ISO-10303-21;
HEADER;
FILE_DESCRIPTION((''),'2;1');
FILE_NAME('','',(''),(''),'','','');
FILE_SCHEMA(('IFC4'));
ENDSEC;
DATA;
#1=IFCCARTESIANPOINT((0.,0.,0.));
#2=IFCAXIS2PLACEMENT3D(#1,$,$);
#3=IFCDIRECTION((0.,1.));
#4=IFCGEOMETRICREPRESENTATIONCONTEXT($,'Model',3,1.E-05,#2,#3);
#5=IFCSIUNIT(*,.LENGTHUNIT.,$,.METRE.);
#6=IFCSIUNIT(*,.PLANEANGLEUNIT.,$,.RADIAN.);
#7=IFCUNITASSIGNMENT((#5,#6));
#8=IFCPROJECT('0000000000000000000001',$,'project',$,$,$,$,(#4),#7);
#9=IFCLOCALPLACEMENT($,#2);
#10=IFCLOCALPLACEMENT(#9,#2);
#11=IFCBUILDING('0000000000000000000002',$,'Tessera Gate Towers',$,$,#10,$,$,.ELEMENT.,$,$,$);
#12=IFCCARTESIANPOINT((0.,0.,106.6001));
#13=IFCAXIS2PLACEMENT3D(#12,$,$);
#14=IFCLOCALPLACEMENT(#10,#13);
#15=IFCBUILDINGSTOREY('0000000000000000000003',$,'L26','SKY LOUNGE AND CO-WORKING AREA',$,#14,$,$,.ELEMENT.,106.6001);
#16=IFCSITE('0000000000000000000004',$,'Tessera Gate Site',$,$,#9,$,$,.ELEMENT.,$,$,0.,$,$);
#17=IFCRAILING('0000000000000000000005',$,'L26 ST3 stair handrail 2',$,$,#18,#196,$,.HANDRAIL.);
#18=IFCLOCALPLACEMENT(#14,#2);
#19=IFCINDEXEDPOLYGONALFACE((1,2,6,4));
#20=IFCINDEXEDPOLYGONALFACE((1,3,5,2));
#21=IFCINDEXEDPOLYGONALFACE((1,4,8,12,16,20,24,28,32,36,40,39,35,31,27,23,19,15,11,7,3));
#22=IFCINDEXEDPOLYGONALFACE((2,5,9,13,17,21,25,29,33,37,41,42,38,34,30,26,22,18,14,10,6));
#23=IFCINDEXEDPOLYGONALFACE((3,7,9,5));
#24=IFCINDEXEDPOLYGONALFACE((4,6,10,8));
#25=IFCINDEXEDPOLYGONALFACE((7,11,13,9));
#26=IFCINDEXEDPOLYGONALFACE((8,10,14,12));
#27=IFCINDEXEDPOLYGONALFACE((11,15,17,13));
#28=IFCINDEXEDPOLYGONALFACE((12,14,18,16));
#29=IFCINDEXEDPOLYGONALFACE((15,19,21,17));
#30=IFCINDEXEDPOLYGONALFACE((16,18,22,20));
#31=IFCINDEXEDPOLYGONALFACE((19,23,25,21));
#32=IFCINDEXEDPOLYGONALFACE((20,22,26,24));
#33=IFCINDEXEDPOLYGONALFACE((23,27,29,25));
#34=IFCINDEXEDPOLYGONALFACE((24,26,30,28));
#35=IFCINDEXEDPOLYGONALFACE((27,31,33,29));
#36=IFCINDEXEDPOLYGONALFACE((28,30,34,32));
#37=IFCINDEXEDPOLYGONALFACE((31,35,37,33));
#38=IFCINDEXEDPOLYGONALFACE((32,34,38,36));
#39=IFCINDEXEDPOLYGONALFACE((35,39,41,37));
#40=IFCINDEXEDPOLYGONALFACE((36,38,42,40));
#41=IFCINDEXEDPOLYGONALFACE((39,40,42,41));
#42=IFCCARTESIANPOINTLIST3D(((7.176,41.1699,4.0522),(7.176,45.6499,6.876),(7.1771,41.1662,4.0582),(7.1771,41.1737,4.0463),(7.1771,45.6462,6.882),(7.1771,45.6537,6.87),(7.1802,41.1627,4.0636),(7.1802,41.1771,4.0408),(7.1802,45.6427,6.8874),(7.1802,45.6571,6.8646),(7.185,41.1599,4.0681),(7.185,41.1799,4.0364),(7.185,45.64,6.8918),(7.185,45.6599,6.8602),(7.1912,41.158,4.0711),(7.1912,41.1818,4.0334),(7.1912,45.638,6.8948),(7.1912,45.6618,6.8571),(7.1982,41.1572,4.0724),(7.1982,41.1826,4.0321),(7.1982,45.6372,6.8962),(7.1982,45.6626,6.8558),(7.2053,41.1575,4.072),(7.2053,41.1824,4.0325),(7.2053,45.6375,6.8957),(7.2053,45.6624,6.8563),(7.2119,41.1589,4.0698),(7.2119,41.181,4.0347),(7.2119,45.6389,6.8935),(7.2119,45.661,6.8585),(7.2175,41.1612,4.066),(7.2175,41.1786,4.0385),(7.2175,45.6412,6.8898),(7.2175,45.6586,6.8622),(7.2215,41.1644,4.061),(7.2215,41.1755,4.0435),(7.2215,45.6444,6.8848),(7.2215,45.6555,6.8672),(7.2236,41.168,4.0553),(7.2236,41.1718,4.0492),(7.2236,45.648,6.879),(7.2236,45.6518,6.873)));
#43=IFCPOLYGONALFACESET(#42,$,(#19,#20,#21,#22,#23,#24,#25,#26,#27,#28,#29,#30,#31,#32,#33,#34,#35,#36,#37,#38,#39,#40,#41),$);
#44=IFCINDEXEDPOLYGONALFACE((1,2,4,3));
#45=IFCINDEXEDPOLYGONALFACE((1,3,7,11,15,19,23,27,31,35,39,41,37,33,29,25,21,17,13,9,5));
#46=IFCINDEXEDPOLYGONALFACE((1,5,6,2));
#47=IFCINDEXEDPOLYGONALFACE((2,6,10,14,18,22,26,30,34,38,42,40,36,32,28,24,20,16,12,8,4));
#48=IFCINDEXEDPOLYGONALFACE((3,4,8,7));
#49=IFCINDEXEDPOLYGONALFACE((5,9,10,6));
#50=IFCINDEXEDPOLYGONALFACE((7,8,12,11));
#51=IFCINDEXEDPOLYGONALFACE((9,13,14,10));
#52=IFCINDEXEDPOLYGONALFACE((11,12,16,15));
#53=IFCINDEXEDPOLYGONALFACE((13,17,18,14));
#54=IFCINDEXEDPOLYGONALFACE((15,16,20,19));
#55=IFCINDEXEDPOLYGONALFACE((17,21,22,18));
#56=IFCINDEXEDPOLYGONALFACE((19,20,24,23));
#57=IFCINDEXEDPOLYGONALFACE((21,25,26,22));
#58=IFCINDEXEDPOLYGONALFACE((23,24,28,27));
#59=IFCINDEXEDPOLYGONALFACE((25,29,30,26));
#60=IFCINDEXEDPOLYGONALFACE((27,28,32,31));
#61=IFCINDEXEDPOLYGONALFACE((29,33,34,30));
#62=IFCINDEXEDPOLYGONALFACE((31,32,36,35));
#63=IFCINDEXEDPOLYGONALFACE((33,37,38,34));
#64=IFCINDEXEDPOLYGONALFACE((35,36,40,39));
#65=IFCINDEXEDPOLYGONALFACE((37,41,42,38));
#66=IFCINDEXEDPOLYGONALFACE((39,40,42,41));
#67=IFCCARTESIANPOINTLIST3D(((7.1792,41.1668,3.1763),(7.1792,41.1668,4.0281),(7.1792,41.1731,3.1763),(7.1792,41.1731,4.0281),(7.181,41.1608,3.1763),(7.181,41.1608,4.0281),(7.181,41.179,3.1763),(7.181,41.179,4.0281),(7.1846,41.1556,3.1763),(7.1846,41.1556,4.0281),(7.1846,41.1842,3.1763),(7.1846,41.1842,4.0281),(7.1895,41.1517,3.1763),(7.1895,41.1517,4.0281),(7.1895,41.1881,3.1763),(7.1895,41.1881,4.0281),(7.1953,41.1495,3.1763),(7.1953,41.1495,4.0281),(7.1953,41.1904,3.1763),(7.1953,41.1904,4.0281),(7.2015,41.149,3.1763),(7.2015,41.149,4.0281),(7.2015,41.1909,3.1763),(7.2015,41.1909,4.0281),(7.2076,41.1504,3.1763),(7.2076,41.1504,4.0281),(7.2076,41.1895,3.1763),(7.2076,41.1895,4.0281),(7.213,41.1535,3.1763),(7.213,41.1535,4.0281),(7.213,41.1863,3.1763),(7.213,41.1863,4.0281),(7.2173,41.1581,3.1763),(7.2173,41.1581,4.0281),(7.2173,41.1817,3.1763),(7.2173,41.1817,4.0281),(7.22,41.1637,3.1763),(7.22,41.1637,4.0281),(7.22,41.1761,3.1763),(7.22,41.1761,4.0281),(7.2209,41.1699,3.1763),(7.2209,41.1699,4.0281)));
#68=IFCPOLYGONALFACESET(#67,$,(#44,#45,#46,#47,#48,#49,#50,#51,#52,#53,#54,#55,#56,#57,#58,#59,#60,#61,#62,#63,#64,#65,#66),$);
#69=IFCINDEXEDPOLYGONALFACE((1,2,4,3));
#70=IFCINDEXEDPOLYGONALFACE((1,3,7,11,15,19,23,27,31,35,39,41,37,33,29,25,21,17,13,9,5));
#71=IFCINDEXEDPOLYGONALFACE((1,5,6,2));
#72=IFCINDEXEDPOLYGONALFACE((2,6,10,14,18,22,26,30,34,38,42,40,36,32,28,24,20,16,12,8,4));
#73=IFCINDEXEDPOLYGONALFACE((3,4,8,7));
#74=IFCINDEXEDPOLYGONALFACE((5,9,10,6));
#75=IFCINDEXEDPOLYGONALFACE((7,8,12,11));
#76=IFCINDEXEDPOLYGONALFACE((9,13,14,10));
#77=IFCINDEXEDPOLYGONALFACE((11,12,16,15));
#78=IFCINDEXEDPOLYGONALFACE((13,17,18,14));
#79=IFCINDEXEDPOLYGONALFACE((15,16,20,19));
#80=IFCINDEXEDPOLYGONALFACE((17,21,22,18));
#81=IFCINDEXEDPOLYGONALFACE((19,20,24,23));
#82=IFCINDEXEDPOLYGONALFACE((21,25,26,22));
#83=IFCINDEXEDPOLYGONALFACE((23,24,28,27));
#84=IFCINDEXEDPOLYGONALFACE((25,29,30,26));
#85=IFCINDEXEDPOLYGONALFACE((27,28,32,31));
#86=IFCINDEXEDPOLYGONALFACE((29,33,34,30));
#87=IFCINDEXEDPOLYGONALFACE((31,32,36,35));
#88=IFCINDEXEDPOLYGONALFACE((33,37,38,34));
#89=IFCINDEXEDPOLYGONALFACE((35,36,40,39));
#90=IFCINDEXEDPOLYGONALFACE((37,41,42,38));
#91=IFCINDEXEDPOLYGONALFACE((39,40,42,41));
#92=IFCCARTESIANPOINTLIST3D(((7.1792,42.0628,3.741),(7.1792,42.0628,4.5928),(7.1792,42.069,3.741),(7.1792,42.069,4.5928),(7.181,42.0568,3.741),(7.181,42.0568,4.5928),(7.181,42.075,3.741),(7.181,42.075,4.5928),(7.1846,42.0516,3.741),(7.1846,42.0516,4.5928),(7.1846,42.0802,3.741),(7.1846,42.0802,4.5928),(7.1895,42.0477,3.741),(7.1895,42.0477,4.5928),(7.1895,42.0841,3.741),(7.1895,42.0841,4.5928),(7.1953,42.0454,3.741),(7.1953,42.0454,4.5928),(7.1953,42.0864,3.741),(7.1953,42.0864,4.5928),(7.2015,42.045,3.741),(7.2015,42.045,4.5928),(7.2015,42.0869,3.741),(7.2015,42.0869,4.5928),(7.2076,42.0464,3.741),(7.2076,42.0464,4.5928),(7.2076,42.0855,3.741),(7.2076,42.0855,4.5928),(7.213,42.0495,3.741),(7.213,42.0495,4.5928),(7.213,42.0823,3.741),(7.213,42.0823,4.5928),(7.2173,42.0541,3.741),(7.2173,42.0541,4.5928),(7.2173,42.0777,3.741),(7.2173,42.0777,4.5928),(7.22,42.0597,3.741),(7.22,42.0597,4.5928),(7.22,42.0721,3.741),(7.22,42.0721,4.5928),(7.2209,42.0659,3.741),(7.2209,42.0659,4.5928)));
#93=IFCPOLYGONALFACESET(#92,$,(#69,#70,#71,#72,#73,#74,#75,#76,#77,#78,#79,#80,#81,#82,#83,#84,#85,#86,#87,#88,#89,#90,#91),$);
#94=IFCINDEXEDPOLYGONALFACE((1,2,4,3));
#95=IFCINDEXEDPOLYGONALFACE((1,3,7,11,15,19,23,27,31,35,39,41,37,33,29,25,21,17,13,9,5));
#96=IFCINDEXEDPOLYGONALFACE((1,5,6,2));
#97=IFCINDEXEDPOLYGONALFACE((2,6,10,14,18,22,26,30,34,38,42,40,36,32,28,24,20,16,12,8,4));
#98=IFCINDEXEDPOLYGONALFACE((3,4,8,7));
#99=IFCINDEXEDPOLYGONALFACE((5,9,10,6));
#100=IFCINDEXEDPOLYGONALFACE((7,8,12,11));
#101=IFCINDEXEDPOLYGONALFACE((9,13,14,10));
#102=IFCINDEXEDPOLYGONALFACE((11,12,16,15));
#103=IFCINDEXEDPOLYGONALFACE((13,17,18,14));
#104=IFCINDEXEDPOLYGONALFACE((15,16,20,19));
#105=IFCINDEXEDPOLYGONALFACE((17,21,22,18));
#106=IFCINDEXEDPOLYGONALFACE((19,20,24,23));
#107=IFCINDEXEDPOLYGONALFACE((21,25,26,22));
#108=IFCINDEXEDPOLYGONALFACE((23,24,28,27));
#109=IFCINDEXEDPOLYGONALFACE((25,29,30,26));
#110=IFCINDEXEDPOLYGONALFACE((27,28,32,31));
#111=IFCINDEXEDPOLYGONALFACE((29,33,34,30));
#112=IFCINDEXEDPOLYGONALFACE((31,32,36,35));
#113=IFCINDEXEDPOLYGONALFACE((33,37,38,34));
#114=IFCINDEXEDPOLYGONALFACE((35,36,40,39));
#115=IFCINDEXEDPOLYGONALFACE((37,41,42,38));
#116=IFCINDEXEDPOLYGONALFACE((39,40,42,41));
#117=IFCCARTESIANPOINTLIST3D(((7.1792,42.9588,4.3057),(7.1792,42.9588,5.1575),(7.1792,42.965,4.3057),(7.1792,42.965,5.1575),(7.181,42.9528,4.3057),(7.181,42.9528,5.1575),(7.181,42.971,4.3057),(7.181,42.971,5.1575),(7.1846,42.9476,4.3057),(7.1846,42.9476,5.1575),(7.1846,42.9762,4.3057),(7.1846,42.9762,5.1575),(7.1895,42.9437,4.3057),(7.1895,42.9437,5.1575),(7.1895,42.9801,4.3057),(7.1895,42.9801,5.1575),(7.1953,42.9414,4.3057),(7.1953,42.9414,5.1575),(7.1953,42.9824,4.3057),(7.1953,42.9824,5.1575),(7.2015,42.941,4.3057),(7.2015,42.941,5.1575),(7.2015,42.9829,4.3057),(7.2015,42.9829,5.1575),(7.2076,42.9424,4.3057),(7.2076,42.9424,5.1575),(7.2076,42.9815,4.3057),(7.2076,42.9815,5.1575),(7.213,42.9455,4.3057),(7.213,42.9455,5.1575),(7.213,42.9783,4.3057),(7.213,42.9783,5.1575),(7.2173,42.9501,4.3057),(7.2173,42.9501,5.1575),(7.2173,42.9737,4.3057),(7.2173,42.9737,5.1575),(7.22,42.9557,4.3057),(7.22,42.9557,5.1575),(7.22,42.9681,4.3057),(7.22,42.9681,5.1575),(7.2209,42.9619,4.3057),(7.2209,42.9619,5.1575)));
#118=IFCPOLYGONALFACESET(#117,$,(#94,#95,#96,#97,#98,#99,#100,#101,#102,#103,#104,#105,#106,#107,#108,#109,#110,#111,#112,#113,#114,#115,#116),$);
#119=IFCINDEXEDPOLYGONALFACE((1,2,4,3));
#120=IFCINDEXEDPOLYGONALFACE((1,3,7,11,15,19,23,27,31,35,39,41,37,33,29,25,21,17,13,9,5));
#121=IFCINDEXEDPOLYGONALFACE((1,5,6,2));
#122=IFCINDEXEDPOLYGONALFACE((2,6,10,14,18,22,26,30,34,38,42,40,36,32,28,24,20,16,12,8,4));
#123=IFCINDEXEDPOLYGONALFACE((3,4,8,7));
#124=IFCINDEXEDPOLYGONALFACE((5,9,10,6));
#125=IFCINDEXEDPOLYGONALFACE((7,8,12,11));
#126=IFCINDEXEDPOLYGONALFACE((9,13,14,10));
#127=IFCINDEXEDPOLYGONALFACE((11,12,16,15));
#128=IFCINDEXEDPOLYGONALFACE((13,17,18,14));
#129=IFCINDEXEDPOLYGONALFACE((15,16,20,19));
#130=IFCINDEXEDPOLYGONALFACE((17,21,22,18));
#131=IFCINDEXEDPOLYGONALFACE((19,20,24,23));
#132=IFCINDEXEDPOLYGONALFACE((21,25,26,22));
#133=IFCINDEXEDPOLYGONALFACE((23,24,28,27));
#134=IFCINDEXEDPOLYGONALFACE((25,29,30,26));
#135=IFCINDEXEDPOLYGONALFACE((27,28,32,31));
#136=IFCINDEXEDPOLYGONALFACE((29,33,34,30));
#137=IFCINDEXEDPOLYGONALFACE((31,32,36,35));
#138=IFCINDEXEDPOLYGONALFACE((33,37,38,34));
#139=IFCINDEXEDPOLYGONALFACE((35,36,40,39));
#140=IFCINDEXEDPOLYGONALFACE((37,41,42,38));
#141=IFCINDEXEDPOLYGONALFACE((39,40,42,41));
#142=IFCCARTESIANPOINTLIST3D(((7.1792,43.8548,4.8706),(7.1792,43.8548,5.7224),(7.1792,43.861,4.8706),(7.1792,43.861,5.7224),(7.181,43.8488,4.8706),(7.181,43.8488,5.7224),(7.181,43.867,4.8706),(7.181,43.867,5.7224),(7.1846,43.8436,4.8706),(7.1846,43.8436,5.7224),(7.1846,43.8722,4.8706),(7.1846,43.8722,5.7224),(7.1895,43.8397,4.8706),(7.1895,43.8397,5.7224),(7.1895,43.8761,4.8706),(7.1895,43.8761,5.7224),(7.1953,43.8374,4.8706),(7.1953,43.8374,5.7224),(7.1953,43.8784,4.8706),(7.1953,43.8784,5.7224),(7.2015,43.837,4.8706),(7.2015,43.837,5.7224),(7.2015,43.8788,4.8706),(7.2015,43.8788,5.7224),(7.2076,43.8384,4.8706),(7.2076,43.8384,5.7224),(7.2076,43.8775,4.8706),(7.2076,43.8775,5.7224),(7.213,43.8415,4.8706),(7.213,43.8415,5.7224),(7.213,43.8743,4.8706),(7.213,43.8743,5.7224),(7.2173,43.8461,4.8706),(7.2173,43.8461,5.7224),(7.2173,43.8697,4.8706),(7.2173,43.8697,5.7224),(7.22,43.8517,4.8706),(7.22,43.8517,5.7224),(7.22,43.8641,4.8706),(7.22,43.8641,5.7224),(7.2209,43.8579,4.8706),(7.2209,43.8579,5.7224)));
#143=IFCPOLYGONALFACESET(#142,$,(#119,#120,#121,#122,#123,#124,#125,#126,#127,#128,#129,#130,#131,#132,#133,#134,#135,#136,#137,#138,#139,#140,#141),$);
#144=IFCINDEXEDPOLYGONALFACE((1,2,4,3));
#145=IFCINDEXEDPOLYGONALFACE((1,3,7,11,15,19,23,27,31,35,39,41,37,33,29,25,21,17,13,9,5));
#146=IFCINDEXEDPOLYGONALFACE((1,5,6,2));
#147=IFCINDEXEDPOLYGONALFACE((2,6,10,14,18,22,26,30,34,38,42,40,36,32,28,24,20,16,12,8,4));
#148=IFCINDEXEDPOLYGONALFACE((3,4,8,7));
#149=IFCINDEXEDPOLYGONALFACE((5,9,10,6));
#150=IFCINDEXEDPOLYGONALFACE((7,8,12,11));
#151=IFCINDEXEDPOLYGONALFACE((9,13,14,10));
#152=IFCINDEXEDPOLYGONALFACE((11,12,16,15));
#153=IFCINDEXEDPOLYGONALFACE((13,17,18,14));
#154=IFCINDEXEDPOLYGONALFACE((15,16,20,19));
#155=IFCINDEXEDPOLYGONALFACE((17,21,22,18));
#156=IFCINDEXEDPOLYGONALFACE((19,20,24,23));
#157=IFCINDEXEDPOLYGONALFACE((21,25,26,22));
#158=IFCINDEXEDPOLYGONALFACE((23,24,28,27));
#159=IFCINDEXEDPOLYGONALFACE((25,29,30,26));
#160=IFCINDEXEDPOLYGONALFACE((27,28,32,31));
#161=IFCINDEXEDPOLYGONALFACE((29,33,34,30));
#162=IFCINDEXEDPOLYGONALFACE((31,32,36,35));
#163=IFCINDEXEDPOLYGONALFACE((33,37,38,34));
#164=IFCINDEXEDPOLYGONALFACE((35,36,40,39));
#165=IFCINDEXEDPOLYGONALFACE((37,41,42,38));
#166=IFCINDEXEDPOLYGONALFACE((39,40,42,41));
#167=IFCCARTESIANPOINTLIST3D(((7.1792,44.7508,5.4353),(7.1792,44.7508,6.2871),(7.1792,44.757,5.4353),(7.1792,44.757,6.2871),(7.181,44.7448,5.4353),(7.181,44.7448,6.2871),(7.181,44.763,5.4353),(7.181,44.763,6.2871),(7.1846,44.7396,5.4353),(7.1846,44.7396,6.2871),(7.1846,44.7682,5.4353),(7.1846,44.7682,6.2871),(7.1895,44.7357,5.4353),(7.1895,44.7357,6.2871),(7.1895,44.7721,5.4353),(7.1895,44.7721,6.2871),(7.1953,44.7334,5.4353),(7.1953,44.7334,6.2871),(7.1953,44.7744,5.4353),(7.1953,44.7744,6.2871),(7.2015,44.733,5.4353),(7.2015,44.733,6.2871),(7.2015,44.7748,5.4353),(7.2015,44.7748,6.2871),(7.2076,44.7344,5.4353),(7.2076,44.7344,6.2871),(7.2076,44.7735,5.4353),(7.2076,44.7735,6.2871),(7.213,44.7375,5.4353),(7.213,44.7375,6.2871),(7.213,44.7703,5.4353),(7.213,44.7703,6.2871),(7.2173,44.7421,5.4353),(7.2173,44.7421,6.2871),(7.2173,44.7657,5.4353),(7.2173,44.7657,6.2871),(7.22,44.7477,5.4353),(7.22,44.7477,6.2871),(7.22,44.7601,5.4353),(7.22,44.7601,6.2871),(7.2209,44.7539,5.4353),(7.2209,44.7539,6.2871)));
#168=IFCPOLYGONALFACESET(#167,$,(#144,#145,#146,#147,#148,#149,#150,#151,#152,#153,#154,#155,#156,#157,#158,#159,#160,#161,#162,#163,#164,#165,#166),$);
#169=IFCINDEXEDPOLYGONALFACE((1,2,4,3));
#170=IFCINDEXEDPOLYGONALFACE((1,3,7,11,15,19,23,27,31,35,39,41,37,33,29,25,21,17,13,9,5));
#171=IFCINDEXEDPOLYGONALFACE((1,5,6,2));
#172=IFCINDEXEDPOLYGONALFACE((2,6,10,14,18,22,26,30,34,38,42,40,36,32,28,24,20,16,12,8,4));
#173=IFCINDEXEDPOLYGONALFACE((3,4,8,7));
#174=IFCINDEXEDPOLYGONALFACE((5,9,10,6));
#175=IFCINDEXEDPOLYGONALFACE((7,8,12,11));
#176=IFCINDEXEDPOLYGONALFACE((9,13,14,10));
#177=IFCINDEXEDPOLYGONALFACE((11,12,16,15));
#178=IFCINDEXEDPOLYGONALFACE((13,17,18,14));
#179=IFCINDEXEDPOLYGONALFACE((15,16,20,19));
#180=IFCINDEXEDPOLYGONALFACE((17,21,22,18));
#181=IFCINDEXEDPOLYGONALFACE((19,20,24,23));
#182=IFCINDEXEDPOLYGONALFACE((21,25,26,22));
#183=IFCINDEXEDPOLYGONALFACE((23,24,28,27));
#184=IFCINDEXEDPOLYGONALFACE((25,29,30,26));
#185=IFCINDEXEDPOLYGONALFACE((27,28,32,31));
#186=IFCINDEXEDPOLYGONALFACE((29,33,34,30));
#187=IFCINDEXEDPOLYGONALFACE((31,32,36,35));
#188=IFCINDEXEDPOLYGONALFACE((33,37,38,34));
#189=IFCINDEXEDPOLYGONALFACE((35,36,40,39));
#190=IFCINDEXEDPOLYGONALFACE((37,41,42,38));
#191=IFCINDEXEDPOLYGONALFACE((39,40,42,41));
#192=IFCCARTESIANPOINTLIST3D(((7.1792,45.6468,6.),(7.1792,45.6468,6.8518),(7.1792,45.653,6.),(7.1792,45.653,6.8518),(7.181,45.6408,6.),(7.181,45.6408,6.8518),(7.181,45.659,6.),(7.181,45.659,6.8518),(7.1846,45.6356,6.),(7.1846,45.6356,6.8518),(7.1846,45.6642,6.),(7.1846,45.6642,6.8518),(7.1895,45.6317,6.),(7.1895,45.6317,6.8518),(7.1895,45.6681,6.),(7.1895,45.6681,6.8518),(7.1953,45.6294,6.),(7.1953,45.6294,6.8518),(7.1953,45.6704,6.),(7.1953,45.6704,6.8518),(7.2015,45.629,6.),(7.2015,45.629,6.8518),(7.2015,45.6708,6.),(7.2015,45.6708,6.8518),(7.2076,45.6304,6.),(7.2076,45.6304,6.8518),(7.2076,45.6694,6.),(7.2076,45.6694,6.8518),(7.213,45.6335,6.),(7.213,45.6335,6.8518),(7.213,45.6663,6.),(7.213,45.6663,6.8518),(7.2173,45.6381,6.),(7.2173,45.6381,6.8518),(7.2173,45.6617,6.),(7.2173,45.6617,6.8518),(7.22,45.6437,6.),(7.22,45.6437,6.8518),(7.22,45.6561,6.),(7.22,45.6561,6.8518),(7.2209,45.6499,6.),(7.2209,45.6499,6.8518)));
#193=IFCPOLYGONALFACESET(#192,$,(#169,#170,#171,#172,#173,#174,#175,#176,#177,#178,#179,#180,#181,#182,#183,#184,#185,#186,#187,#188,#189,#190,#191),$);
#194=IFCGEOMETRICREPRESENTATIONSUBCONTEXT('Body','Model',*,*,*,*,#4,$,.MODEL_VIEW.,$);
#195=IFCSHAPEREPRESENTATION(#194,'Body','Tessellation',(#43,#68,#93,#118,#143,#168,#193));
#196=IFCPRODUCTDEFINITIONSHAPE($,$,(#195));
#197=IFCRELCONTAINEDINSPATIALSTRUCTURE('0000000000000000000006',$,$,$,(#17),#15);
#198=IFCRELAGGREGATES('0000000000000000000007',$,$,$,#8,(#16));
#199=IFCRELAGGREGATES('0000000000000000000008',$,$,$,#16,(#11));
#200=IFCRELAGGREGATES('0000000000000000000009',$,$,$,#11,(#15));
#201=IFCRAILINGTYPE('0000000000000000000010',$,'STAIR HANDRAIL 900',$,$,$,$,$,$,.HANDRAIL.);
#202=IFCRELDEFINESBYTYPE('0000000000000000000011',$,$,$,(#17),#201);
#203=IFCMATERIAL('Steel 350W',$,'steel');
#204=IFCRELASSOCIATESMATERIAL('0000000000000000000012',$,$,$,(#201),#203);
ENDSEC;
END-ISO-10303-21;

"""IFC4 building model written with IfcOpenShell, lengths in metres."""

from ifc_helpers import new_model, si_unit, direction, frame, origin, origin_2d, place, context, subcontext, project, spatial, circle, extrude, material, type_object, element, save


model = new_model("IFC4")

# Units and contexts
model_context = context("Model", 3, precision=1e-05, world=origin(), true_north=direction((0.0, 1.0)))
body_context = subcontext(model_context, "Body", "Model", "MODEL_VIEW")
ifc_project = project(units=[si_unit("LENGTHUNIT", "METRE"), si_unit("PLANEANGLEUNIT", "RADIAN")], contexts=[model_context])

# Site, building, storey
site_placement = place(None, origin())
site = spatial("IfcSite", under=ifc_project, at=site_placement, Name="Tessera Gate Site", CompositionType="ELEMENT", RefElevation=0.0)
building_placement = place(site_placement, origin())
building = spatial("IfcBuilding", under=site, at=building_placement, Name="Tessera Gate Towers", CompositionType="ELEMENT")
storey_placement = place(building_placement, frame((0.0, 0.0, 106.6001)))
storey = spatial("IfcBuildingStorey", under=building, at=storey_placement, Name="L26", Description="SKY LOUNGE AND CO-WORKING AREA", CompositionType="ELEMENT", Elevation=106.6001)

# Railing
ifc_material_1 = material(Name="Steel 350W", Category="steel")
railing_type = type_object("IfcRailingType", Name="STAIR HANDRAIL 900", PredefinedType="HANDRAIL", material=ifc_material_1)
railing_1_placement = place(storey_placement, frame((7.2, 41.1699, 3.1763)))
element("IfcRailing", 1, at=railing_1_placement, inside=storey, type_object=railing_type, Name="L26 ST3 stair handrail 2", PredefinedType="HANDRAIL", context=body_context, shape_type="SweptSolid", body=[
    extrude(circle(Radius=0.0239, at=origin_2d()), frame((0.0, 0.0, 0.876), z_axis=(0.0, 0.845977, 0.533219), x_axis=(-1.0, 0.0, 0.0)), (0.0, 0.0, 1.0), 5.2957),
    extrude(circle(Radius=0.021, at=origin_2d()), origin(), (0.0, 0.0, 1.0), 0.8518),
    extrude(circle(Radius=0.021, at=origin_2d()), frame((0.0, 0.896, 0.5647)), (0.0, 0.0, 1.0), 0.8518),
    extrude(circle(Radius=0.021, at=origin_2d()), frame((0.0, 1.792, 1.1294)), (0.0, 0.0, 1.0), 0.8518),
    extrude(circle(Radius=0.021, at=origin_2d()), frame((0.0, 2.688, 1.6943)), (0.0, 0.0, 1.0), 0.8518),
    extrude(circle(Radius=0.021, at=origin_2d()), frame((0.0, 3.584, 2.259)), (0.0, 0.0, 1.0), 0.8518),
    extrude(circle(Radius=0.021, at=origin_2d()), frame((0.0, 4.48, 2.8237)), (0.0, 0.0, 1.0), 0.8518),
])

save(model, "model.ifc")
